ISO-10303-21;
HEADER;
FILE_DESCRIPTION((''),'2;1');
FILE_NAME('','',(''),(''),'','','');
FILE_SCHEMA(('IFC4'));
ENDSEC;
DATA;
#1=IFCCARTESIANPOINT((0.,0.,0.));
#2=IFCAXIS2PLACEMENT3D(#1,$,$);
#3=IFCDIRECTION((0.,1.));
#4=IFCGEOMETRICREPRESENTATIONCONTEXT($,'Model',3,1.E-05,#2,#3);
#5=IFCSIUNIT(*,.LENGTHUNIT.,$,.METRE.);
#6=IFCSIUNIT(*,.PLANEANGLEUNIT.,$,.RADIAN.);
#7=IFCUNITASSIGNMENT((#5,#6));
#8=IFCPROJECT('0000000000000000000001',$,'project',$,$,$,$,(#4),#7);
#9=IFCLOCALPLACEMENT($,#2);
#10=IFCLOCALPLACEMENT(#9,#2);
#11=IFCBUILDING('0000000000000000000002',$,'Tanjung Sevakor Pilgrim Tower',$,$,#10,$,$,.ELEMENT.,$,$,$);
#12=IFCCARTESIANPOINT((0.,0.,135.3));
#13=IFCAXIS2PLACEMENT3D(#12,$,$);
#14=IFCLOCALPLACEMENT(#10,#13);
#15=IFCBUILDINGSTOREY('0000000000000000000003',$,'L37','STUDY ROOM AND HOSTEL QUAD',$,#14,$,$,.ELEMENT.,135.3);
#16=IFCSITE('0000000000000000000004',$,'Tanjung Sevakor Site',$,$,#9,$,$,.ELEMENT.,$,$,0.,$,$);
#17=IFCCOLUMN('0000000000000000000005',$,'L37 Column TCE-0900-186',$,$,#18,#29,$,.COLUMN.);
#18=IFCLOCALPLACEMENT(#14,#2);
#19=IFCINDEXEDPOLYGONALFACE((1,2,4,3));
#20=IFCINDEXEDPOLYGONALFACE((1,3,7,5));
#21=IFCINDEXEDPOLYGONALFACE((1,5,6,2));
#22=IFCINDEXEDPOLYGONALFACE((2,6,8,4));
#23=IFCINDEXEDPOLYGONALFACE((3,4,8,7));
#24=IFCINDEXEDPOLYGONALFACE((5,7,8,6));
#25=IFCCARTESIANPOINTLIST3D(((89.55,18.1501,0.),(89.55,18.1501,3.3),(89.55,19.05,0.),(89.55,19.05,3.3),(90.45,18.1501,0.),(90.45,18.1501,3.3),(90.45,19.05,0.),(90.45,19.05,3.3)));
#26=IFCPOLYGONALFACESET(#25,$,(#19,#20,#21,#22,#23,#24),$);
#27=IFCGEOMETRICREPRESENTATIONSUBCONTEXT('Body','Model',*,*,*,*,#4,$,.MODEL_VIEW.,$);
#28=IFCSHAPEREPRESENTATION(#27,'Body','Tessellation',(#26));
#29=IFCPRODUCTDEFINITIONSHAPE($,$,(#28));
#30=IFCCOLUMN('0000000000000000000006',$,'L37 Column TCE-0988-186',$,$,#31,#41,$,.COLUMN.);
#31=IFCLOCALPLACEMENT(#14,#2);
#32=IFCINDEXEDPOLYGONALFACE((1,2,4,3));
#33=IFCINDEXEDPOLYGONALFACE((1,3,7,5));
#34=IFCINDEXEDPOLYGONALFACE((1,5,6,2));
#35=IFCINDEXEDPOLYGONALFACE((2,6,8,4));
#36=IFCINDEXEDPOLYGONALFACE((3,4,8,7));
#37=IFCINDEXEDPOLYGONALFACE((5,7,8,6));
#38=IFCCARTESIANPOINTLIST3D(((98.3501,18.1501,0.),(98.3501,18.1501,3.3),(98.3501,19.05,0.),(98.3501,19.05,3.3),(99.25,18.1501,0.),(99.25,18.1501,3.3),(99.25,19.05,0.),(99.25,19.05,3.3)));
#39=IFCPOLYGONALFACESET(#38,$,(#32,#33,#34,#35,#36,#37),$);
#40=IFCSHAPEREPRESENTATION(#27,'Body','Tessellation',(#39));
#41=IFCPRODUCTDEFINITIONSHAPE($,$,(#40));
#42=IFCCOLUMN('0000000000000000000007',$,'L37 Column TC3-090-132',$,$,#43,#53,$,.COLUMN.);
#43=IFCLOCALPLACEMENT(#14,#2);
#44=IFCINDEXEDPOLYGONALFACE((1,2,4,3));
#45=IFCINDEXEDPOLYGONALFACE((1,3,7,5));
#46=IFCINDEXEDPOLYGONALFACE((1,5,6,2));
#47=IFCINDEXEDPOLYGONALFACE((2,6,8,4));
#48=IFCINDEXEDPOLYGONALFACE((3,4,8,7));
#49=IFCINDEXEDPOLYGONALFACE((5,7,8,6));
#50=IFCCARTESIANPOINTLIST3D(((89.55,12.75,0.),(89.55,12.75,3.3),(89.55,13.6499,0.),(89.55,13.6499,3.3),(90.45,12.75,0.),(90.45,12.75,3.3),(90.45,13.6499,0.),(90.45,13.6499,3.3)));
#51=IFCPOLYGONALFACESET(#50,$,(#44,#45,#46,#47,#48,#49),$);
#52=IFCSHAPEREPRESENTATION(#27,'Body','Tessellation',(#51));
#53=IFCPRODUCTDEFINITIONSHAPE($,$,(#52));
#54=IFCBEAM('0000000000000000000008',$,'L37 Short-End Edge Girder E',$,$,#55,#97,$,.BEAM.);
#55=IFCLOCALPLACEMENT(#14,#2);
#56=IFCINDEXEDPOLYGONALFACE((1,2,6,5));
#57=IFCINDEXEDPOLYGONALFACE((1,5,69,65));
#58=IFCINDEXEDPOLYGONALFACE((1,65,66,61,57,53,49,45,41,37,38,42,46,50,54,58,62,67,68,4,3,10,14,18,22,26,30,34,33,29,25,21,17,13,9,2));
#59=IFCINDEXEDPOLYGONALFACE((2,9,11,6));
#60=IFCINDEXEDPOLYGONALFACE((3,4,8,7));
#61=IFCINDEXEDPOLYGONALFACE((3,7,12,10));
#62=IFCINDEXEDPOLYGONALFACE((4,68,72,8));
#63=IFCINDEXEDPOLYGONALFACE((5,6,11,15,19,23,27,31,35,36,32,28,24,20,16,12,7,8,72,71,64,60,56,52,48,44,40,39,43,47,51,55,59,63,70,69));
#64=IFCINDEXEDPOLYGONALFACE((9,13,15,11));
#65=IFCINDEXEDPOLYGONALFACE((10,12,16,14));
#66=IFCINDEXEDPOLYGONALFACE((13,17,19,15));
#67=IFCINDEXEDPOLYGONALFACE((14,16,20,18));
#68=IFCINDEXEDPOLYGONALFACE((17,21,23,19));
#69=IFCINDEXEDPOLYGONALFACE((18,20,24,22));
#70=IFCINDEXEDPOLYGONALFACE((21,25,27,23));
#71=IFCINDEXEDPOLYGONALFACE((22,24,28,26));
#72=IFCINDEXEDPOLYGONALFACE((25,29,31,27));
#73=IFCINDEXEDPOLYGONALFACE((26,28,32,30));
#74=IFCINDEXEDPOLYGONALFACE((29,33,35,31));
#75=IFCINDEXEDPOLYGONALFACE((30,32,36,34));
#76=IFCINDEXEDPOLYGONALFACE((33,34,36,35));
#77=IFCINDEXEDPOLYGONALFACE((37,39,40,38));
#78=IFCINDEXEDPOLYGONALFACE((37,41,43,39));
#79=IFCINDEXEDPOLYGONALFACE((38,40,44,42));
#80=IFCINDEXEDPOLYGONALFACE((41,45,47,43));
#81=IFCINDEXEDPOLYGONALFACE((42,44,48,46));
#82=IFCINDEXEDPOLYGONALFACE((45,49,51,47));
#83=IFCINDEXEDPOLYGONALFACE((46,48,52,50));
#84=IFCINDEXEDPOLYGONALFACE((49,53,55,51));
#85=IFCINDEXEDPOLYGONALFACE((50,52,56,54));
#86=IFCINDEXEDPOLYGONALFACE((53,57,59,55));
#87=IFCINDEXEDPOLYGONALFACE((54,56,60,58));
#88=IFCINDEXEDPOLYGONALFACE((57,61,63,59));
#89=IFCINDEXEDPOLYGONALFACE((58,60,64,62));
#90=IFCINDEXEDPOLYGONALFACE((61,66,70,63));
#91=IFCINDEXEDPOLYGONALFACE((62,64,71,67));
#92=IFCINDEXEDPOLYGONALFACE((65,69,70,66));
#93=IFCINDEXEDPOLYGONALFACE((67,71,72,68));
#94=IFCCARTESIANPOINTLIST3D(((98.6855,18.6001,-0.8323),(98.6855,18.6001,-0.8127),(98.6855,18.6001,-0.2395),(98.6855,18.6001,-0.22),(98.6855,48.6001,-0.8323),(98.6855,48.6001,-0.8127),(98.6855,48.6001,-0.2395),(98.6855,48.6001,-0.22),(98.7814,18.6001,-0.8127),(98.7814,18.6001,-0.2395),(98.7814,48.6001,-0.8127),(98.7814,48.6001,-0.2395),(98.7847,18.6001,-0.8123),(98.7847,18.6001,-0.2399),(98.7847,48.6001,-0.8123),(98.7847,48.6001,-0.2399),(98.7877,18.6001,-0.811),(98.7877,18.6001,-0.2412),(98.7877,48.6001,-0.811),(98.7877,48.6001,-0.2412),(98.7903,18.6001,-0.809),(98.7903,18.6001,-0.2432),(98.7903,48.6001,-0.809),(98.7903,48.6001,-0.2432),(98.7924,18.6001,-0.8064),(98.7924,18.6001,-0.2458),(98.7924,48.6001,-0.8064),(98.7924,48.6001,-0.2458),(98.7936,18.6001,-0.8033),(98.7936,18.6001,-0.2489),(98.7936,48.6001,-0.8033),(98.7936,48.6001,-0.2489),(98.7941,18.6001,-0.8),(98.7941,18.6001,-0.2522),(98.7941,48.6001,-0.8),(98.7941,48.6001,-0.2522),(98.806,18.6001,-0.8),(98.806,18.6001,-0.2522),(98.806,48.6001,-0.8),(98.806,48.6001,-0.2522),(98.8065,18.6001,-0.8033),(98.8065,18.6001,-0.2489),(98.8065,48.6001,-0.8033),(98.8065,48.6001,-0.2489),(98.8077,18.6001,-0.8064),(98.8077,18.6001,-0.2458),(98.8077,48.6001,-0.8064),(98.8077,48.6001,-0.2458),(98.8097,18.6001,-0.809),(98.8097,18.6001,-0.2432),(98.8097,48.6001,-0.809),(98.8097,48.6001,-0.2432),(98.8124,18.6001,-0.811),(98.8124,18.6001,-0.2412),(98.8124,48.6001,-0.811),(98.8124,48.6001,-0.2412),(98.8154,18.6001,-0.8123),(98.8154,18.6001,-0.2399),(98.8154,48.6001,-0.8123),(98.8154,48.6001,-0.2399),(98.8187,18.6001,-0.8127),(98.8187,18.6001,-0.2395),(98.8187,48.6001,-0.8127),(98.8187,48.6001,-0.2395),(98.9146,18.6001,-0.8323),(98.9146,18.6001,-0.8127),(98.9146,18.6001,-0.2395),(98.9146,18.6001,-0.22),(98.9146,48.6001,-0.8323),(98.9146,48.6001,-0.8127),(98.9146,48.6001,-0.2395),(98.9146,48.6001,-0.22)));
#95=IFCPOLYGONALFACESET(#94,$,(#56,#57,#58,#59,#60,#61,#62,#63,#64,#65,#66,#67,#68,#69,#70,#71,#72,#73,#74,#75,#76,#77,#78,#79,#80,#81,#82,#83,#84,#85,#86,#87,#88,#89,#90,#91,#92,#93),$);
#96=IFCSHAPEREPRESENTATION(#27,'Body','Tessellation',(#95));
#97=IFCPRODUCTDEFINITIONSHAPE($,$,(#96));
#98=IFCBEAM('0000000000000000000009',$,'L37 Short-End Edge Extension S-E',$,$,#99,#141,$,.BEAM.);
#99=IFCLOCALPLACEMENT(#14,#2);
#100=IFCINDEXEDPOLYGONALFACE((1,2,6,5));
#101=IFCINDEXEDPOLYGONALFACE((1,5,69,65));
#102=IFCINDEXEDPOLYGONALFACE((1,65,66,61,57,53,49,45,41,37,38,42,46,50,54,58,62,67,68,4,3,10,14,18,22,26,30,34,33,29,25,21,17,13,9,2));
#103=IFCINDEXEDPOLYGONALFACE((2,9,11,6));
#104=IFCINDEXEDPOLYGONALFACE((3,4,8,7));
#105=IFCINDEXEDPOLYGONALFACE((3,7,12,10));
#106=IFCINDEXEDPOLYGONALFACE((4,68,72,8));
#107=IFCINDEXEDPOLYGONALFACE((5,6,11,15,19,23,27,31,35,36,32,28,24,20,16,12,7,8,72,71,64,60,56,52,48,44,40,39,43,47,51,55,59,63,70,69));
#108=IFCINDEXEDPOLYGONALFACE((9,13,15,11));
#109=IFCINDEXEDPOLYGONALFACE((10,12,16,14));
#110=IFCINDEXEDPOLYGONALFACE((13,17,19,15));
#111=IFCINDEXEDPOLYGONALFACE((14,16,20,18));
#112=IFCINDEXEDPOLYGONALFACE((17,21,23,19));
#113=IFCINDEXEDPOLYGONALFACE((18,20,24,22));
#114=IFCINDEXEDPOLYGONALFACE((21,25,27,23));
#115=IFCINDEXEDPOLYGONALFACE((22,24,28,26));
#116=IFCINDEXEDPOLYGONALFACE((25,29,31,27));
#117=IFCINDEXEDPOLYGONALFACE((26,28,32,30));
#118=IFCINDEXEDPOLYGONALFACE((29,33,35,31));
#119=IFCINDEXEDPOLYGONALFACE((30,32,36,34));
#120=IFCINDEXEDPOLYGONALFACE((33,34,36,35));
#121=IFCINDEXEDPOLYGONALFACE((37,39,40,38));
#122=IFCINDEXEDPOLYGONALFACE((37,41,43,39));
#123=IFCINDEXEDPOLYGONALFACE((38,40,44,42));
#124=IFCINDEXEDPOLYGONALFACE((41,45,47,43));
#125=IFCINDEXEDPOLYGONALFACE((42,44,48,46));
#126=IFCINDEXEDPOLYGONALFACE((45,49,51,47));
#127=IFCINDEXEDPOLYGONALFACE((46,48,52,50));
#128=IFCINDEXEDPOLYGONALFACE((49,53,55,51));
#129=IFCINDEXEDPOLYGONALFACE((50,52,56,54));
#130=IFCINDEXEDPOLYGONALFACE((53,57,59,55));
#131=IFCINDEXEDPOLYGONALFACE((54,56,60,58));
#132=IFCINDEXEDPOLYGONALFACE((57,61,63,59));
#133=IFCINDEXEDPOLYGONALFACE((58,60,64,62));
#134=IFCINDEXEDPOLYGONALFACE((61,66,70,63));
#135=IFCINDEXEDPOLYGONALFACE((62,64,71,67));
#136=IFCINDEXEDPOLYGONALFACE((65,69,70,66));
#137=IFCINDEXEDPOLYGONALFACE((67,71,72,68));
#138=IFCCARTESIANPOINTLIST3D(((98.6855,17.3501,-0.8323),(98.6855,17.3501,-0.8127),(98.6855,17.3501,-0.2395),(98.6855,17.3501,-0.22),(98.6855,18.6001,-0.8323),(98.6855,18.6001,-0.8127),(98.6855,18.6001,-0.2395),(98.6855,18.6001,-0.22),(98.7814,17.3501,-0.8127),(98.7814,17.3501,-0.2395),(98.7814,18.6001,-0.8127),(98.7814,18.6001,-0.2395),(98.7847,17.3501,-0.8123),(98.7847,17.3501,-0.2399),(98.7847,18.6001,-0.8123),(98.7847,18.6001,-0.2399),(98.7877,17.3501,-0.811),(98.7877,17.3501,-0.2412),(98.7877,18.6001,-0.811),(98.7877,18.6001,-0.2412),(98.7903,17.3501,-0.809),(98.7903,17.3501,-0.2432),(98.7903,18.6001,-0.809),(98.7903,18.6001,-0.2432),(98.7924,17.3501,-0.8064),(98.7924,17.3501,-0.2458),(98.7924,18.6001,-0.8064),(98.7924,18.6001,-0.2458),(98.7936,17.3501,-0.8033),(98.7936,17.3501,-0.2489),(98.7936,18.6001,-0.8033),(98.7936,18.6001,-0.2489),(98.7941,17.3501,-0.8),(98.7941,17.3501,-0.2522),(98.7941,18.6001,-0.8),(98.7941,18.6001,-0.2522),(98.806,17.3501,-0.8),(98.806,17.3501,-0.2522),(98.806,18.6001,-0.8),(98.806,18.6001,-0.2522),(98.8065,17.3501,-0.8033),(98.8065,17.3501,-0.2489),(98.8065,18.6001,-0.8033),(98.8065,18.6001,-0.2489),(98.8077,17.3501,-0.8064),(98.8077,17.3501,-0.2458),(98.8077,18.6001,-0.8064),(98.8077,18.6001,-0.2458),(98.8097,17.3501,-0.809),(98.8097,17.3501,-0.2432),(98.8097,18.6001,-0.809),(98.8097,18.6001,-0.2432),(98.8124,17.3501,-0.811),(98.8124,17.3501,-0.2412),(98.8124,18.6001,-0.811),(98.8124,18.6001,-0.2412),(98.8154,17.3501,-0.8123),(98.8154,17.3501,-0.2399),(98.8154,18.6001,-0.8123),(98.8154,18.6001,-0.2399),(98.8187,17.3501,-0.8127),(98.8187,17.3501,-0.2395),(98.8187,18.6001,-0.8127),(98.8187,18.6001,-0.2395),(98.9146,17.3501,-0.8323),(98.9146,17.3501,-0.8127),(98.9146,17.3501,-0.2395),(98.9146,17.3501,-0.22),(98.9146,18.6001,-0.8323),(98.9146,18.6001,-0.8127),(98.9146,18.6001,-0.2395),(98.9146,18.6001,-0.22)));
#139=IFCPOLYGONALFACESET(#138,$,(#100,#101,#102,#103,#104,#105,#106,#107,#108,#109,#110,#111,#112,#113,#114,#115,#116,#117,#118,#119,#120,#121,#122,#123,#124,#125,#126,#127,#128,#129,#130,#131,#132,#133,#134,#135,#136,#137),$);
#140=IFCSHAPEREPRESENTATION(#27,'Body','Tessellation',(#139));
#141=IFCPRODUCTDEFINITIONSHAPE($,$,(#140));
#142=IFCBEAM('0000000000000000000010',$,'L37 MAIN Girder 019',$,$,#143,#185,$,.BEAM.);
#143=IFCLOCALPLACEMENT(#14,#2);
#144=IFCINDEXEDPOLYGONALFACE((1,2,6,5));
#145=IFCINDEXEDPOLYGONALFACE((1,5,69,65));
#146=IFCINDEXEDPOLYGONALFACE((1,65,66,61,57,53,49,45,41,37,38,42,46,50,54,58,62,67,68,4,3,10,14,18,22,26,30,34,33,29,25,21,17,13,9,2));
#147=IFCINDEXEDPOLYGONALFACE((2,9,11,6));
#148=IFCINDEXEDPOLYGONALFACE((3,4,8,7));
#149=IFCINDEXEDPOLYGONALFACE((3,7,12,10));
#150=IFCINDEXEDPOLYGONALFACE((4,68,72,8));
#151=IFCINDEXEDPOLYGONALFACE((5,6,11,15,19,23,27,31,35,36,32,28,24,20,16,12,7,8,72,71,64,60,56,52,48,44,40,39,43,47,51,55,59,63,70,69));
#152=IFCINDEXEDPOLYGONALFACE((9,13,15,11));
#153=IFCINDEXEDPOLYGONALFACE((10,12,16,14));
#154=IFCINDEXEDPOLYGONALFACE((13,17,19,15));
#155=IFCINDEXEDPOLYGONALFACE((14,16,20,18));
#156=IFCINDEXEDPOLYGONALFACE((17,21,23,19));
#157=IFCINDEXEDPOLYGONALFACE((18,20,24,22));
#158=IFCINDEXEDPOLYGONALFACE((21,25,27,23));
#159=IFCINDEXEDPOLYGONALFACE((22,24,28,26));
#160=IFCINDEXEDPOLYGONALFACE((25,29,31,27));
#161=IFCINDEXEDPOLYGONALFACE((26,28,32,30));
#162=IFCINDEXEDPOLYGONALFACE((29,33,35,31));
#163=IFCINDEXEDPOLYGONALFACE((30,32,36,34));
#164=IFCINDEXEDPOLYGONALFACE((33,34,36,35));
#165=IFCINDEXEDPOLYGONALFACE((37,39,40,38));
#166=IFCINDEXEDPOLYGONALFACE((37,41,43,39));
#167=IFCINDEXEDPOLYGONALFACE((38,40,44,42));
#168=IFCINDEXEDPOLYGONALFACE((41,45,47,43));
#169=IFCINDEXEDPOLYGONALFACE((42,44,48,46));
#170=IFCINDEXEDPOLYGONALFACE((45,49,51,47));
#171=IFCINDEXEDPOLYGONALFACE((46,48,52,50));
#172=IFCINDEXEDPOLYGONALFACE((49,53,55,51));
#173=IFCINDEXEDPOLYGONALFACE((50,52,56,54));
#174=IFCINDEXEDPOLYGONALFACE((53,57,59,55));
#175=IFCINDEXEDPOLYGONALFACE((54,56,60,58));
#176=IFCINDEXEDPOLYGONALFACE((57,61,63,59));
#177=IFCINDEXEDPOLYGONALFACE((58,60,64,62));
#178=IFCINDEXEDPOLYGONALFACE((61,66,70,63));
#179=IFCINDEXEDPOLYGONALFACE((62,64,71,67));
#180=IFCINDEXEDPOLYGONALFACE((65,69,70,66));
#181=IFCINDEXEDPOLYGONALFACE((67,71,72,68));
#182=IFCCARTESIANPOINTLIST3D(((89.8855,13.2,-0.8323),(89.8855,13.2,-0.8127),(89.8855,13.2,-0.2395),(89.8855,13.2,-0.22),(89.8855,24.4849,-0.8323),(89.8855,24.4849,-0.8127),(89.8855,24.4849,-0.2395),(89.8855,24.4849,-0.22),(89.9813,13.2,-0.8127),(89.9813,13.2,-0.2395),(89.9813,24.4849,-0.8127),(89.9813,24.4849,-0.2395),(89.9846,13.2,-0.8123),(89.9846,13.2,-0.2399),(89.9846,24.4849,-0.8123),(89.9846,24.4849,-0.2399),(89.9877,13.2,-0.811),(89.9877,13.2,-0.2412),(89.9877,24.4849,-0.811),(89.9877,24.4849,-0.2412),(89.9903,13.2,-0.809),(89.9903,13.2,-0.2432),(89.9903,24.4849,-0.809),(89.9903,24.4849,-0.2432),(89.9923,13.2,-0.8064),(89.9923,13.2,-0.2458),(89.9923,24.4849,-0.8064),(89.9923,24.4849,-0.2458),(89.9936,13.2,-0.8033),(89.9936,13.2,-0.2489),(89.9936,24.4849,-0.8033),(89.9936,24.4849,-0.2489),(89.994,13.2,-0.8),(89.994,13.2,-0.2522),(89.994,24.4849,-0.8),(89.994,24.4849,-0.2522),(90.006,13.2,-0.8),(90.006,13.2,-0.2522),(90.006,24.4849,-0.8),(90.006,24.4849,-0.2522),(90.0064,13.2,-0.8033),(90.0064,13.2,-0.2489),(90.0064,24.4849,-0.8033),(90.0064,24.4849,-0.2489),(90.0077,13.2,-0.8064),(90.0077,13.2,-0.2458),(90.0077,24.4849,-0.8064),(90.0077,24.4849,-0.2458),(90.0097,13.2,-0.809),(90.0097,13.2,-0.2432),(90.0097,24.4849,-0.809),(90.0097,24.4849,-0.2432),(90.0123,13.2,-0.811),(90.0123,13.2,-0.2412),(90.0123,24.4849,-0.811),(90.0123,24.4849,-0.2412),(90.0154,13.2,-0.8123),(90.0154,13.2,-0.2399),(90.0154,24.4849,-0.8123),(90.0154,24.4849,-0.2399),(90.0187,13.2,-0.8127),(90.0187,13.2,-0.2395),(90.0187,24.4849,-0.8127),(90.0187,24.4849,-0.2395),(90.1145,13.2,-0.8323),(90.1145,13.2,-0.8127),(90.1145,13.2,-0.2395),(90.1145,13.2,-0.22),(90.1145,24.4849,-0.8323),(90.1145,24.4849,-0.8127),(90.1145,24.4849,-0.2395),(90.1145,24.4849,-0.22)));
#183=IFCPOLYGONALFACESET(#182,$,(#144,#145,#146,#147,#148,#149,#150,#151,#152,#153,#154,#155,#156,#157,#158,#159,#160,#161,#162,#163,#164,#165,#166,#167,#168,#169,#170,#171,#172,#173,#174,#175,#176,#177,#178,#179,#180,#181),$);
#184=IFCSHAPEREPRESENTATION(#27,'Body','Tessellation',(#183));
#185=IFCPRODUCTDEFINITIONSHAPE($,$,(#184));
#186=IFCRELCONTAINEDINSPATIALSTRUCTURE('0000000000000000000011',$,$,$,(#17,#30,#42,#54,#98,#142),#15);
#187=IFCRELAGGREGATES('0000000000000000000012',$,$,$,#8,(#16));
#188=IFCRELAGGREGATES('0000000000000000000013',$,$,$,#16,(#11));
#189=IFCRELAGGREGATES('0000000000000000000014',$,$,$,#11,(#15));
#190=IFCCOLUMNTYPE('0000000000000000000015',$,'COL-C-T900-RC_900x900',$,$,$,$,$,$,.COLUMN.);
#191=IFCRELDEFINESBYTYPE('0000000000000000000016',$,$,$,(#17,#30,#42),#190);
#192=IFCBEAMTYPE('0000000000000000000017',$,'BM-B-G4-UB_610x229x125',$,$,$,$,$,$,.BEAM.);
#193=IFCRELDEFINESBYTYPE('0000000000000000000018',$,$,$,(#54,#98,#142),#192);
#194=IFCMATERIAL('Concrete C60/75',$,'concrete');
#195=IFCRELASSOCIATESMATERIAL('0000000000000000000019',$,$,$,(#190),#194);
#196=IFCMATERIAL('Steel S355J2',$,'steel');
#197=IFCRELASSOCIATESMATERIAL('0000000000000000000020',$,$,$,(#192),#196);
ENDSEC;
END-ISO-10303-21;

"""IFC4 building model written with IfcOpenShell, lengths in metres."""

from ifc_helpers import new_model, si_unit, direction, frame, origin, origin_2d, place, context, subcontext, project, spatial, rectangle, i_section, extrude, material, material_profile, profile_set, type_object, element, save


model = new_model("IFC4")

# Units and contexts
model_context = context("Model", 3, precision=1e-05, world=origin(), true_north=direction((0.0, 1.0)))
body_context = subcontext(model_context, "Body", "Model", "MODEL_VIEW")
ifc_project = project(units=[si_unit("LENGTHUNIT", "METRE"), si_unit("PLANEANGLEUNIT", "RADIAN")], contexts=[model_context])

# Site, building, storey
site_placement = place(None, origin())
site = spatial("IfcSite", under=ifc_project, at=site_placement, Name="Tanjung Sevakor Site", CompositionType="ELEMENT", RefElevation=0.0)
building_placement = place(site_placement, origin())
building = spatial("IfcBuilding", under=site, at=building_placement, Name="Tanjung Sevakor Pilgrim Tower", CompositionType="ELEMENT")
storey_placement = place(building_placement, frame((0.0, 0.0, 135.3)))
storey = spatial("IfcBuildingStorey", under=building, at=storey_placement, Name="L37", Description="STUDY ROOM AND HOSTEL QUAD", CompositionType="ELEMENT", Elevation=135.3)

# Columns
ifc_material_1 = material(Name="Concrete C60/75", Category="concrete")
ifc_material_profile_1 = material_profile(ifc_material_1, rectangle(XDim=0.8999, YDim=0.8999, at=origin_2d()))
ifc_profile_set_1 = profile_set([ifc_material_profile_1], Name="Concrete C60/75")
column_type = type_object("IfcColumnType", Name="COL-C-T900-RC_900x900", PredefinedType="COLUMN", material=ifc_profile_set_1)
for number, where, z_axis, x_axis, name in (
    (1, (90.0, 18.6001, 0.0), (0.0, 0.0, 1.0), (1.0, 0.0, 0.0), "L37 Column TCE-0900-186"),
    (2, (98.8, 18.6001, 0.0), (0.0, 0.0, 1.0), (1.0, 0.0, 0.0), "L37 Column TCE-0988-186"),
    (3, (90.0, 13.2, 0.0), (0.0, 0.0, 1.0), (1.0, 0.0, 0.0), "L37 Column TC3-090-132"),
):
    element("IfcColumn", number, at=place(storey_placement, frame(where, z_axis=z_axis, x_axis=x_axis)), inside=storey, type_object=column_type, Name=name, PredefinedType="COLUMN", context=body_context, shape_type="SweptSolid", body=[
        extrude(rectangle(XDim=0.8999, YDim=0.8999, at=origin_2d()), origin(), (0.0, 0.0, 1.0), 3.3),
    ])

# Beams
ifc_material_2 = material(Name="Steel S355J2", Category="steel")
ifc_material_profile_2 = material_profile(ifc_material_2, i_section(OverallWidth=0.229, OverallDepth=0.6123, WebThickness=0.012, FlangeThickness=0.0195, FilletRadius=0.0127, at=origin_2d()))
ifc_profile_set_2 = profile_set([ifc_material_profile_2], Name="Steel S355J2")
beam_type_1 = type_object("IfcBeamType", Name="BM-B-G4-UB_610x229x125", PredefinedType="BEAM", material=ifc_profile_set_2)
beam_1_placement = place(storey_placement, frame((98.8, 18.6001, -0.5261), z_axis=(0.0, 1.0, 0.0), x_axis=(-1.0, 0.0, 0.0)))
element("IfcBeam", 4, at=beam_1_placement, inside=storey, type_object=beam_type_1, Name="L37 Short-End Edge Girder E", PredefinedType="BEAM", context=body_context, shape_type="SweptSolid", body=[
    extrude(i_section(OverallWidth=0.229, OverallDepth=0.6123, WebThickness=0.012, FlangeThickness=0.0195, FilletRadius=0.0127, at=origin_2d()), origin(), (0.0, 0.0, 1.0), 30.0),
])
beam_2_placement = place(storey_placement, frame((98.8, 18.6001, -0.5261), z_axis=(0.0, -1.0, 0.0), x_axis=(1.0, 0.0, 0.0)))
element("IfcBeam", 5, at=beam_2_placement, inside=storey, type_object=beam_type_1, Name="L37 Short-End Edge Extension S-E", PredefinedType="BEAM", context=body_context, shape_type="SweptSolid", body=[
    extrude(i_section(OverallWidth=0.229, OverallDepth=0.6123, WebThickness=0.012, FlangeThickness=0.0195, FilletRadius=0.0127, at=origin_2d()), origin(), (0.0, 0.0, 1.0), 1.25),
])
beam_3_placement = place(storey_placement, frame((90.0, 13.2, -0.5261), z_axis=(0.0, 1.0, 0.0), x_axis=(-1.0, 0.0, 0.0)))
element("IfcBeam", 6, at=beam_3_placement, inside=storey, type_object=beam_type_1, Name="L37 MAIN Girder 019", PredefinedType="BEAM", context=body_context, shape_type="SweptSolid", body=[
    extrude(i_section(OverallWidth=0.229, OverallDepth=0.6123, WebThickness=0.012, FlangeThickness=0.0195, FilletRadius=0.0127, at=origin_2d()), origin(), (0.0, 0.0, 1.0), 11.2849),
])

save(model, "model.ifc")
